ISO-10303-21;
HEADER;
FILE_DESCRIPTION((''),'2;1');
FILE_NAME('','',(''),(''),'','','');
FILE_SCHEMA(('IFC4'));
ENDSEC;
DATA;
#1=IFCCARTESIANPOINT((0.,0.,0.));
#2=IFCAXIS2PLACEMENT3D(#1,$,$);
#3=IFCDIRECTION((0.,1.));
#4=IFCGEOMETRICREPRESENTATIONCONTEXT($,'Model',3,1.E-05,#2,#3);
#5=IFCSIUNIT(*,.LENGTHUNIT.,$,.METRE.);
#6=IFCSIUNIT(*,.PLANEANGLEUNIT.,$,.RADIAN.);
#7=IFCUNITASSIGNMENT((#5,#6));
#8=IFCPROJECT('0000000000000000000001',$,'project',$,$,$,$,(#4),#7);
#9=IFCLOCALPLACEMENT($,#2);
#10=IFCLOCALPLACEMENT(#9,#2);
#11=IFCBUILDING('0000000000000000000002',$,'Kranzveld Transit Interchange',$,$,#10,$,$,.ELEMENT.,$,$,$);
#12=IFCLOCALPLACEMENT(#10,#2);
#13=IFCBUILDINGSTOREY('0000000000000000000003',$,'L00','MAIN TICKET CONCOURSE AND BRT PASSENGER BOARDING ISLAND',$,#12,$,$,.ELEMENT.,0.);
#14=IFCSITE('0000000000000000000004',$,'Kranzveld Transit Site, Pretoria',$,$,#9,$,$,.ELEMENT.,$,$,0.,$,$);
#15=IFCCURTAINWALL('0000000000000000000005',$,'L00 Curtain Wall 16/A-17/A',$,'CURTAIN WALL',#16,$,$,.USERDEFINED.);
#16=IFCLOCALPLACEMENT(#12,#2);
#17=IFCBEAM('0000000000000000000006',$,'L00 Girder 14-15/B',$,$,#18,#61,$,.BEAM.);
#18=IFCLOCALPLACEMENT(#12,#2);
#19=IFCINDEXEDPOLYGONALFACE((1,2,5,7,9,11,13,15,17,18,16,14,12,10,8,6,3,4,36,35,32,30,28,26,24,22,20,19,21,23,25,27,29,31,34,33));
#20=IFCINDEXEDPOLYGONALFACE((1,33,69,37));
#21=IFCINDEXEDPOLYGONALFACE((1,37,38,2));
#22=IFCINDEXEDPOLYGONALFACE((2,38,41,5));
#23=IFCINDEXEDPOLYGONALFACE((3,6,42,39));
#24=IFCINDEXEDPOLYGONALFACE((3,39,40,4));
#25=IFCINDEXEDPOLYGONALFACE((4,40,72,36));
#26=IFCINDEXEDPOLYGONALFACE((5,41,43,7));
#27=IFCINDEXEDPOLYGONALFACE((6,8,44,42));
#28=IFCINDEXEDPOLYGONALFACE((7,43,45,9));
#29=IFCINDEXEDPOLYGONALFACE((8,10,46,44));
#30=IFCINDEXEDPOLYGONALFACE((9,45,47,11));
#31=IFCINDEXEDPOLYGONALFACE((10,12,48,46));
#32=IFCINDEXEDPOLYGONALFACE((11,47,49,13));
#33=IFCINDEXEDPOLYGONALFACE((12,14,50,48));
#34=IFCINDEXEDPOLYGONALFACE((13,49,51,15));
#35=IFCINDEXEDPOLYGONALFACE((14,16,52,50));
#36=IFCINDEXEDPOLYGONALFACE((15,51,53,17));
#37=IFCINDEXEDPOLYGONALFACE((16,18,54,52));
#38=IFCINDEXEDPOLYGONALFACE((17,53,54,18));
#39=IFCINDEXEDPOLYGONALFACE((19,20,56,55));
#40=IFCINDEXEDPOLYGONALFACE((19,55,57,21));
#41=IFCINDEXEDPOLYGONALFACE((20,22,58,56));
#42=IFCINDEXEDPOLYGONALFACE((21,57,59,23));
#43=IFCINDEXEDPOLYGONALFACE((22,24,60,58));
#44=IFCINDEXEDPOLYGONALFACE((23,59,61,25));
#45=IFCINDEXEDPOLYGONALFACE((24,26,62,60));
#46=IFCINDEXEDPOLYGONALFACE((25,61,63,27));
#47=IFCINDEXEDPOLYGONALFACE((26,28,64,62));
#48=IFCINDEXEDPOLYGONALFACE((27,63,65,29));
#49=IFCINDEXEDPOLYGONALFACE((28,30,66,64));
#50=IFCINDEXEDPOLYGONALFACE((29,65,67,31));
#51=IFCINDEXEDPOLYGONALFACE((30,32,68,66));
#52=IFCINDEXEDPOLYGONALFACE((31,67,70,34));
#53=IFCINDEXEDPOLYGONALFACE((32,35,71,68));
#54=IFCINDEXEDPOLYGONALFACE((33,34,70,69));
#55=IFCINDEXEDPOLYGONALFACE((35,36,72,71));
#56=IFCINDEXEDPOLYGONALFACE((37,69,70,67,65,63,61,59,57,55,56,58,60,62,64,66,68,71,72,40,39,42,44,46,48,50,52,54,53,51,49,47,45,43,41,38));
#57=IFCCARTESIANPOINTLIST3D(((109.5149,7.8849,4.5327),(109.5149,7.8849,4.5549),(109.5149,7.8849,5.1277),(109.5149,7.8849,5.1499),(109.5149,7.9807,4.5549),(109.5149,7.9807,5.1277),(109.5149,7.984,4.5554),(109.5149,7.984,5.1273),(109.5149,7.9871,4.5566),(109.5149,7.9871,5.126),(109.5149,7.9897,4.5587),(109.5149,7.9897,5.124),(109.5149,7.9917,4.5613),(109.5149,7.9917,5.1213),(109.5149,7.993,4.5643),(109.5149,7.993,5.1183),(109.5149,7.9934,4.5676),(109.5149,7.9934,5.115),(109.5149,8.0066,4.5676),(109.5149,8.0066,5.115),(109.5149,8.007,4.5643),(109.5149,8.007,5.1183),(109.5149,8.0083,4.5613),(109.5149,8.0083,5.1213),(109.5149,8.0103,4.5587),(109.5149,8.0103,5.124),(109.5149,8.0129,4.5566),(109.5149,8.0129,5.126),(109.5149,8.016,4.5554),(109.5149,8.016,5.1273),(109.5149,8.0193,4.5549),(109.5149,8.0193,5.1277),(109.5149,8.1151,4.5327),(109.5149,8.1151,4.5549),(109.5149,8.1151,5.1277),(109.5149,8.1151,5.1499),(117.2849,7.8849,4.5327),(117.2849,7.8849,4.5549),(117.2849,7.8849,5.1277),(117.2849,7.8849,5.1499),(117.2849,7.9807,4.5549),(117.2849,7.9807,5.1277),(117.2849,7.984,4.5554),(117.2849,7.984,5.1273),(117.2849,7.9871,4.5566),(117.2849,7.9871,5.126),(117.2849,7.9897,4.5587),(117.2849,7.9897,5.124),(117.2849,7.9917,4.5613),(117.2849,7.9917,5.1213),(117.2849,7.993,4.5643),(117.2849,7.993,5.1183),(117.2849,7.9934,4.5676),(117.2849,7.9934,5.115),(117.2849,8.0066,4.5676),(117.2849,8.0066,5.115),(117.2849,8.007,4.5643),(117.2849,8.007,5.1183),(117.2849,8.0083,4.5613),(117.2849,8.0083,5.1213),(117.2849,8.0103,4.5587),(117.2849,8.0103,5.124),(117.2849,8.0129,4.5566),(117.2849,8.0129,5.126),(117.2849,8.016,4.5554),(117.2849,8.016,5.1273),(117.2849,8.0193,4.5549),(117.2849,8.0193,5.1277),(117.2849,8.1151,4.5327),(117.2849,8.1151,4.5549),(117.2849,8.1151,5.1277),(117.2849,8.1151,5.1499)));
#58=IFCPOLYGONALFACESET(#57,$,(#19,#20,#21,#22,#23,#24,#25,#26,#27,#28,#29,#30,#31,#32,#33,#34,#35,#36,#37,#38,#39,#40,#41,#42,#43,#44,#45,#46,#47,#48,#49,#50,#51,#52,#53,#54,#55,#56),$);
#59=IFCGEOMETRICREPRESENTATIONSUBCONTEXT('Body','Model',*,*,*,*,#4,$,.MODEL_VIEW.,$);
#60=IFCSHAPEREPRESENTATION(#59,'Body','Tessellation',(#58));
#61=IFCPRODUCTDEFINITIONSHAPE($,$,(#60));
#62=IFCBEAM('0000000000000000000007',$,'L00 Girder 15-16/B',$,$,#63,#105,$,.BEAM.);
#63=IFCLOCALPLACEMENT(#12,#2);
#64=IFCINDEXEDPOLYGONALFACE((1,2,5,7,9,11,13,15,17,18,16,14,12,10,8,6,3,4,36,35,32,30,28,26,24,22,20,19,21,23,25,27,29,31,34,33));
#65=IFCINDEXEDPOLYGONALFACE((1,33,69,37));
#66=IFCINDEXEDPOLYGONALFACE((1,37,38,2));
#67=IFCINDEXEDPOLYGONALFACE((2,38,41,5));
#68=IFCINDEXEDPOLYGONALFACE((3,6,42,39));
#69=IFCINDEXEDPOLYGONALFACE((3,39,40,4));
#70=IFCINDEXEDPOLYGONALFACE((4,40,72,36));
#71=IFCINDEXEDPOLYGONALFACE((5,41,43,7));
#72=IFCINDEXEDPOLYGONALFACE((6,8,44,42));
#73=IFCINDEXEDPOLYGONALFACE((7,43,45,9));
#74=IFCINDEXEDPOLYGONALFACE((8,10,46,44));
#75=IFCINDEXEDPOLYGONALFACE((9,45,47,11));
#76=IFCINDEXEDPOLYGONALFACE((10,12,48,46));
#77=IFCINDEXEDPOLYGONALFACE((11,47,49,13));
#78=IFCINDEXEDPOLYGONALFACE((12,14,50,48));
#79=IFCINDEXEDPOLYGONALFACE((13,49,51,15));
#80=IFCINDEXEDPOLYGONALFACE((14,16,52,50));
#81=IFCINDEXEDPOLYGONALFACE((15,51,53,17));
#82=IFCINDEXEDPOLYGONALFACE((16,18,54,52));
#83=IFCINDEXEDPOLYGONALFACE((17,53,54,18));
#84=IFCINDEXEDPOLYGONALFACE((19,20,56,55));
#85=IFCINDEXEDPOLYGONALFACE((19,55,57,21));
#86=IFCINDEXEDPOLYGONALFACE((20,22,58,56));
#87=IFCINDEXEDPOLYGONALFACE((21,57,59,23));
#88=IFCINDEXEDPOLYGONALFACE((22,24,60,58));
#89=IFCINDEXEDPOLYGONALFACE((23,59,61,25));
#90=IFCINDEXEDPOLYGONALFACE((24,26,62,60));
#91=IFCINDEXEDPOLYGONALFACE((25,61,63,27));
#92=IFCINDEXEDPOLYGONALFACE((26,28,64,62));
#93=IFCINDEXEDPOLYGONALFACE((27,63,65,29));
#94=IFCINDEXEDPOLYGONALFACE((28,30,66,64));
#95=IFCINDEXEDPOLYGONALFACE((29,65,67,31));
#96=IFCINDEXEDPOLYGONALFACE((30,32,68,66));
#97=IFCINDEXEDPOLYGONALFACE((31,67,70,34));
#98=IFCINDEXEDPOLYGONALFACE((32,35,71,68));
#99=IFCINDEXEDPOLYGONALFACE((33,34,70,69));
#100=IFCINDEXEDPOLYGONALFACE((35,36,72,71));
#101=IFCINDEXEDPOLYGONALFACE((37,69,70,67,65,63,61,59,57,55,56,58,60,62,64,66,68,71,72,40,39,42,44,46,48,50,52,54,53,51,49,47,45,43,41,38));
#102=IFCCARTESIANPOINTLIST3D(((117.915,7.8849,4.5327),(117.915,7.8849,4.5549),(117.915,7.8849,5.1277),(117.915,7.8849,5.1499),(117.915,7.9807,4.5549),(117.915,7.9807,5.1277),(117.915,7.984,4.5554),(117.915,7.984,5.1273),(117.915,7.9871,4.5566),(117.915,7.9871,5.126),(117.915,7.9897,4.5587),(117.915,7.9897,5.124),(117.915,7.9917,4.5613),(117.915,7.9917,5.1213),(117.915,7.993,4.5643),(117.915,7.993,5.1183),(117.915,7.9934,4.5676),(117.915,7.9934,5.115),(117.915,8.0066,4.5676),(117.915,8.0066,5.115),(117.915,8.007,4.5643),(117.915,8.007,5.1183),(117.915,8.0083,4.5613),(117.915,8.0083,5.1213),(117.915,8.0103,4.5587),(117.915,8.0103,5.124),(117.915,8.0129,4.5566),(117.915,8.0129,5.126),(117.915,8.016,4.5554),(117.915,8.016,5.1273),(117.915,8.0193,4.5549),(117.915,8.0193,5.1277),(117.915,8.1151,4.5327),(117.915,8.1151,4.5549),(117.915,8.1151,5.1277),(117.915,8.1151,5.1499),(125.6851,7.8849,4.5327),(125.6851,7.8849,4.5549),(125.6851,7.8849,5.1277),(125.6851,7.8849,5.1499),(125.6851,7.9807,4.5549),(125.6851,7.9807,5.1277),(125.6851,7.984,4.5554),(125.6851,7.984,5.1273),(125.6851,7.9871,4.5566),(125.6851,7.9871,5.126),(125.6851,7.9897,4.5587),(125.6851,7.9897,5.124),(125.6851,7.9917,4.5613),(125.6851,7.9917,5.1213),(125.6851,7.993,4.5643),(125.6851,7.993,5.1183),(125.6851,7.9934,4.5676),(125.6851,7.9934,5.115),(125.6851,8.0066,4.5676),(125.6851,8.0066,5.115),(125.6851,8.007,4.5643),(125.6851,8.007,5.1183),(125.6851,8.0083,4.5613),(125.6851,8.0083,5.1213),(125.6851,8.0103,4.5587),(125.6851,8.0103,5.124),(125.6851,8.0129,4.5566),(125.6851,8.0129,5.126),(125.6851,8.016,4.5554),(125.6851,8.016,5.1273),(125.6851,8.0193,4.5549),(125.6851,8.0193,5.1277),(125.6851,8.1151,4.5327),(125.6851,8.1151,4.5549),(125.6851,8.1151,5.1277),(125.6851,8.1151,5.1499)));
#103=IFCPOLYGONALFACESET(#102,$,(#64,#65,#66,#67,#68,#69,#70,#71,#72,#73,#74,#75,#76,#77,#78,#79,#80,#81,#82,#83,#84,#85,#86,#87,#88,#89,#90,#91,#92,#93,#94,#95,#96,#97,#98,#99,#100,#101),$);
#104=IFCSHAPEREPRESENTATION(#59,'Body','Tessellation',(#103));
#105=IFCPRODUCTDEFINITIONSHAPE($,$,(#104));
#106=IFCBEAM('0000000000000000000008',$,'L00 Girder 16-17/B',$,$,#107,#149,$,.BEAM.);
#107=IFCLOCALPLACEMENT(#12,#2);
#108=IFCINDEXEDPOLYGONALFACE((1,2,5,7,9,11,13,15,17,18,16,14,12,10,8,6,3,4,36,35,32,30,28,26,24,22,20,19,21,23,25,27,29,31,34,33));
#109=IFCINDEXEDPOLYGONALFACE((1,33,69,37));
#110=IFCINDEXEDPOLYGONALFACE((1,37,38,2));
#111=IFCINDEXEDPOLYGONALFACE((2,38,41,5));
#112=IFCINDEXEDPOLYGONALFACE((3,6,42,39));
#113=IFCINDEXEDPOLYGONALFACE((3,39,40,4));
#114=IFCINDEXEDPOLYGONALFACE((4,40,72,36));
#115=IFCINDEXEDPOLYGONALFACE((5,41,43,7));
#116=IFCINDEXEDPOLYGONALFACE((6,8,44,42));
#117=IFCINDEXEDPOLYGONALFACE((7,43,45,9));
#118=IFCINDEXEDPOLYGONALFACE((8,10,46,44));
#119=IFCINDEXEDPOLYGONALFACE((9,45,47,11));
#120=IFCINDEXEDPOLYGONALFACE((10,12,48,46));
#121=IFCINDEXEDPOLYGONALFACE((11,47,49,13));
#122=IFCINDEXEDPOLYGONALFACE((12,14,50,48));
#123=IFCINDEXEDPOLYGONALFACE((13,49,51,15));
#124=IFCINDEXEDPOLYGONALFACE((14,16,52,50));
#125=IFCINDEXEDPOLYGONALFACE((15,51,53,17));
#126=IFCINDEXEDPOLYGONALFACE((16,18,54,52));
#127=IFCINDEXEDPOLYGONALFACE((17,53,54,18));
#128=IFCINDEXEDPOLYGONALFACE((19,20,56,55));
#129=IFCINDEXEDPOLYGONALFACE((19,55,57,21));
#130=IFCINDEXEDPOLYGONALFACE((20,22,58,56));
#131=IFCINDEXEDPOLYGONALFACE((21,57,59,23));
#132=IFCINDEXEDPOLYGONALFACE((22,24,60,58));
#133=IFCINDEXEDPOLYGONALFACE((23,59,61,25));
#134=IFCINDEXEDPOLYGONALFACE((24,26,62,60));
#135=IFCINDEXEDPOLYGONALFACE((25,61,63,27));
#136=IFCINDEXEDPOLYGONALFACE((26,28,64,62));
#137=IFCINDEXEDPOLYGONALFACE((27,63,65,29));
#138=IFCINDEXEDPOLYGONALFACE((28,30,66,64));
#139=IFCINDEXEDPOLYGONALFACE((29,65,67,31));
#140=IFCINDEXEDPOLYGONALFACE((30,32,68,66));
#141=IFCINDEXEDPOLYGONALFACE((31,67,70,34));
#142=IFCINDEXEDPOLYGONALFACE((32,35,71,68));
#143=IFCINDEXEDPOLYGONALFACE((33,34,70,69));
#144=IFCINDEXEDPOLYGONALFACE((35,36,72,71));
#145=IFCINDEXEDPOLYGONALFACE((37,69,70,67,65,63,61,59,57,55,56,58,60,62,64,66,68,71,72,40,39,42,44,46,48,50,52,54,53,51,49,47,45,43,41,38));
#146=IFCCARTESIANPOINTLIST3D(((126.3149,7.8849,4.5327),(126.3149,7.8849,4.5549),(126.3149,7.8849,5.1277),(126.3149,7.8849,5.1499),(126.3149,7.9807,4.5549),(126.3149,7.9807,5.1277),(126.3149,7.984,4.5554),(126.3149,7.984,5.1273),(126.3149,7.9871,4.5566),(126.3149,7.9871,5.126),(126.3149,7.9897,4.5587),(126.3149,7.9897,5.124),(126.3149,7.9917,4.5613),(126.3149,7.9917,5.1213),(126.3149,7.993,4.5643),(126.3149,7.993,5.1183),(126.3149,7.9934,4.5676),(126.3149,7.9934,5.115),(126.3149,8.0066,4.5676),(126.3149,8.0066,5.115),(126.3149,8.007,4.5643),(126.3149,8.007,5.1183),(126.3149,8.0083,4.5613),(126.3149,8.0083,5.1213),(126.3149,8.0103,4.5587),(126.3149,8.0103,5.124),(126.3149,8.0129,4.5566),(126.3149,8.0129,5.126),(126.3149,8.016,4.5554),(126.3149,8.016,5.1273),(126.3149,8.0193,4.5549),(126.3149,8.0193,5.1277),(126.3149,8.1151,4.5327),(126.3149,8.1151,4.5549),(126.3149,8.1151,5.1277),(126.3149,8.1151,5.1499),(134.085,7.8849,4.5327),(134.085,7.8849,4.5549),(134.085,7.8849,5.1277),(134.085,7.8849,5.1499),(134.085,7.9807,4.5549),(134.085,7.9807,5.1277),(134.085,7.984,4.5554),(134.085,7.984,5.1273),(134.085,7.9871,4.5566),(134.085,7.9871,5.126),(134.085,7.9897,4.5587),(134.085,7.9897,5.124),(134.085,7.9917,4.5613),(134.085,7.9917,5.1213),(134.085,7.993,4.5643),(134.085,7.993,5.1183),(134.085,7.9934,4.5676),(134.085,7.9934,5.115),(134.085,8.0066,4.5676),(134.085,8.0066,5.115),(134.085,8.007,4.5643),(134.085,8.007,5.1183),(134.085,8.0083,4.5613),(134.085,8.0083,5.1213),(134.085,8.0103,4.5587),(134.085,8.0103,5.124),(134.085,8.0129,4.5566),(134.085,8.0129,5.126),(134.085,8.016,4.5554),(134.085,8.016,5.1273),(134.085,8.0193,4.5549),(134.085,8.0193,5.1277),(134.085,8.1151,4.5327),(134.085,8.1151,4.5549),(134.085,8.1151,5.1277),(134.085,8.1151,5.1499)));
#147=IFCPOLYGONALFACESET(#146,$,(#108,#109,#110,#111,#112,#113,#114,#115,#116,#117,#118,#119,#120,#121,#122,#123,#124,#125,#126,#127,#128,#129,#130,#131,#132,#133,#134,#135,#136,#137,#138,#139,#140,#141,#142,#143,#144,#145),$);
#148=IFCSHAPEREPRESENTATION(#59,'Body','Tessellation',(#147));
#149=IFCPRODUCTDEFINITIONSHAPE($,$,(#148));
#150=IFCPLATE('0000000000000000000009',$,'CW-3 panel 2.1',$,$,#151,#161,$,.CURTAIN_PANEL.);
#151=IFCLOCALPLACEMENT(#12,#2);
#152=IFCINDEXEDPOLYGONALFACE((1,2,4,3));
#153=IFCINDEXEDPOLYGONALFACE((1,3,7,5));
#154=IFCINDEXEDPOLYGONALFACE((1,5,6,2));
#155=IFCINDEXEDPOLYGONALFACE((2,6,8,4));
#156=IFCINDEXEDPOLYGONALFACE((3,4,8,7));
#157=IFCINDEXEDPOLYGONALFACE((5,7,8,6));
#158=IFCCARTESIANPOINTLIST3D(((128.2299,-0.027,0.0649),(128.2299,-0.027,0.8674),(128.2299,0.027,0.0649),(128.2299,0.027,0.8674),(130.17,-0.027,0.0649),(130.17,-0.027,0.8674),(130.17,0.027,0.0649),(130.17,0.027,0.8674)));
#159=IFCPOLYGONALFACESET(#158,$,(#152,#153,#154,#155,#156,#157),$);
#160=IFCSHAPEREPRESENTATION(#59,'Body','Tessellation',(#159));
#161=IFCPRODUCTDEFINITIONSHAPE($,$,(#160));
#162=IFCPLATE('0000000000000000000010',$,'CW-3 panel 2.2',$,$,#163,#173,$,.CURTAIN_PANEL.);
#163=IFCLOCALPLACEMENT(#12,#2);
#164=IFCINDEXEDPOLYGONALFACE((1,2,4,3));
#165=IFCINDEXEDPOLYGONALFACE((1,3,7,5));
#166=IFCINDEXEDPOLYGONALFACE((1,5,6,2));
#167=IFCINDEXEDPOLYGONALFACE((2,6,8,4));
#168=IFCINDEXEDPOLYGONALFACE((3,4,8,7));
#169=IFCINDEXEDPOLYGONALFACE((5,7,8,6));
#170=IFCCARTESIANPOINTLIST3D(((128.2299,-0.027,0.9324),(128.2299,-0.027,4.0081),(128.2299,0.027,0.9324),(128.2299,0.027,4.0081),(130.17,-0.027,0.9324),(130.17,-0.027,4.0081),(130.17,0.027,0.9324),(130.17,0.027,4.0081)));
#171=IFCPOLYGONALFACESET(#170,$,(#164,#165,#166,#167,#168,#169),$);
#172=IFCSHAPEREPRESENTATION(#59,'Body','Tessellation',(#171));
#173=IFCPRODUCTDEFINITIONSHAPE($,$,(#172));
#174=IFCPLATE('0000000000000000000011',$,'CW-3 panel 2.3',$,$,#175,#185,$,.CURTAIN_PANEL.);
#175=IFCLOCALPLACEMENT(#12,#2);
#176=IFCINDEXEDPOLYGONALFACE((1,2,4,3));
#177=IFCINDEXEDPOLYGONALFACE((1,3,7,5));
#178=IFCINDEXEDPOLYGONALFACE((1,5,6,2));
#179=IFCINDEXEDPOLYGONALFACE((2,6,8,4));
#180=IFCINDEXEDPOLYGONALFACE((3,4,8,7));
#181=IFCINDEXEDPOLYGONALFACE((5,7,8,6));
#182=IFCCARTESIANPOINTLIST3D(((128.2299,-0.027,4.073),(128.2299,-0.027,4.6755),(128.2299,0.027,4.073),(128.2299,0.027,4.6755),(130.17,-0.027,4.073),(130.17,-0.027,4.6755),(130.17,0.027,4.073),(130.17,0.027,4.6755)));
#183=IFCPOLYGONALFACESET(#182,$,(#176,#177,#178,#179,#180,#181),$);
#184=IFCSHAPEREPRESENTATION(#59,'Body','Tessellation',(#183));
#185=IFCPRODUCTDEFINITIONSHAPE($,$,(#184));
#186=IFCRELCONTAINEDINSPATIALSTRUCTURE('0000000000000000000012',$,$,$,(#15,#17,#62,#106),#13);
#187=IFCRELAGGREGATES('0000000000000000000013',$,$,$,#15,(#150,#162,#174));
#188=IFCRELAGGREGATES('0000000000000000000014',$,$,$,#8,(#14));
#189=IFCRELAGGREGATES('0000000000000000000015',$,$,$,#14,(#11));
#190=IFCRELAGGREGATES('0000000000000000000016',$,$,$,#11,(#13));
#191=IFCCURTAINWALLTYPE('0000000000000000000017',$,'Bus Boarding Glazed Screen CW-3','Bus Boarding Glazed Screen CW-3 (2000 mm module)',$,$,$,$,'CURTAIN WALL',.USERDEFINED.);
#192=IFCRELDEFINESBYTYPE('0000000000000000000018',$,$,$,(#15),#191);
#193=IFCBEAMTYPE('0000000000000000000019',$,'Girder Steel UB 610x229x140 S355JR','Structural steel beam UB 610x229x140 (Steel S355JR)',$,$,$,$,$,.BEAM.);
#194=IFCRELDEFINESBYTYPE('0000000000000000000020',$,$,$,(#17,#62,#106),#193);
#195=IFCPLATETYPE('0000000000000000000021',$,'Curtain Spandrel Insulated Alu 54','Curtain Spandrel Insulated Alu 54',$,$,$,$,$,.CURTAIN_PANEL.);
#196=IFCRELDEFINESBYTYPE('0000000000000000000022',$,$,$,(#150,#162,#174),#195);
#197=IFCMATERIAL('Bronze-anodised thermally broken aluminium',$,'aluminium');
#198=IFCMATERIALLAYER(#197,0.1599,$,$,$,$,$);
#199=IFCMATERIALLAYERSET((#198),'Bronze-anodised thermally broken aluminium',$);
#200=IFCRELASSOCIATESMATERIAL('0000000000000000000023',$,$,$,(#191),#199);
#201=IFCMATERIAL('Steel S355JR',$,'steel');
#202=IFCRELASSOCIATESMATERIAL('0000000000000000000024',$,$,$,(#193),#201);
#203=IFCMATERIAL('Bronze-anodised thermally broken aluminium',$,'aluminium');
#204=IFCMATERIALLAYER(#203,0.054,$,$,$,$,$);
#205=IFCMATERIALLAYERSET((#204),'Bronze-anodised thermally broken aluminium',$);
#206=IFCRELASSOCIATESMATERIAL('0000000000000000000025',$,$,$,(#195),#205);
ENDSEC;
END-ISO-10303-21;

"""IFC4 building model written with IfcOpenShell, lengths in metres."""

from ifc_helpers import new_model, si_unit, direction, frame, origin, origin_2d, place, context, subcontext, project, spatial, rectangle, i_section, extrude, material, layer, layer_set, material_profile, profile_set, type_object, element, aggregate, save


model = new_model("IFC4")

# Units and contexts
model_context = context("Model", 3, precision=1e-05, world=origin(), true_north=direction((0.0, 1.0)))
body_context = subcontext(model_context, "Body", "Model", "MODEL_VIEW")
ifc_project = project(units=[si_unit("LENGTHUNIT", "METRE"), si_unit("PLANEANGLEUNIT", "RADIAN")], contexts=[model_context])

# Site, building, storey
site_placement = place(None, origin())
site = spatial("IfcSite", under=ifc_project, at=site_placement, Name="Kranzveld Transit Site, Pretoria", CompositionType="ELEMENT", RefElevation=0.0)
building_placement = place(site_placement, origin())
building = spatial("IfcBuilding", under=site, at=building_placement, Name="Kranzveld Transit Interchange", CompositionType="ELEMENT")
storey_placement = place(building_placement, origin())
storey = spatial("IfcBuildingStorey", under=building, at=storey_placement, Name="L00", Description="MAIN TICKET CONCOURSE AND BRT PASSENGER BOARDING ISLAND", CompositionType="ELEMENT", Elevation=0.0)

# Curtain wall
ifc_material_1 = material(Name="Bronze-anodised thermally broken aluminium", Category="aluminium")
ifc_layer_1 = layer(ifc_material_1, 0.1599)
ifc_layer_set_1 = layer_set([ifc_layer_1], Name="Bronze-anodised thermally broken aluminium")
curtain_wall_type = type_object("IfcCurtainWallType", Name="Bus Boarding Glazed Screen CW-3", Description="Bus Boarding Glazed Screen CW-3 (2000 mm module)", ElementType="CURTAIN WALL", PredefinedType="USERDEFINED", material=ifc_layer_set_1)
curtain_wall_placement = place(storey_placement, origin())
curtain_wall = element("IfcCurtainWall", 1, at=curtain_wall_placement, inside=storey, type_object=curtain_wall_type, Name="L00 Curtain Wall 16/A-17/A", ObjectType="CURTAIN WALL", PredefinedType="USERDEFINED")

# Beams
ifc_material_2 = material(Name="Steel S355JR", Category="steel")
ifc_material_profile_1 = material_profile(ifc_material_2, i_section(OverallWidth=0.2302, OverallDepth=0.6172, WebThickness=0.0132, FlangeThickness=0.0222, FilletRadius=0.0127, at=origin_2d()), Name="UB 610x229x140")
ifc_profile_set_1 = profile_set([ifc_material_profile_1], Name="Steel S355JR")
beam_type_1 = type_object("IfcBeamType", Name="Girder Steel UB 610x229x140 S355JR", Description="Structural steel beam UB 610x229x140 (Steel S355JR)", PredefinedType="BEAM", material=ifc_profile_set_1)
for number, where, z_axis, x_axis, name in (
    (2, (109.5149, 8.0, 4.8413), (1.0, 0.0, 0.0), (0.0, 1.0, 0.0), "L00 Girder 14-15/B"),
    (3, (117.915, 8.0, 4.8413), (1.0, 0.0, 0.0), (0.0, 1.0, 0.0), "L00 Girder 15-16/B"),
    (4, (126.3149, 8.0, 4.8413), (1.0, 0.0, 0.0), (0.0, 1.0, 0.0), "L00 Girder 16-17/B"),
):
    element("IfcBeam", number, at=place(storey_placement, frame(where, z_axis=z_axis, x_axis=x_axis)), inside=storey, type_object=beam_type_1, Name=name, PredefinedType="BEAM", context=body_context, shape_type="SweptSolid", body=[
        extrude(i_section(OverallWidth=0.2302, OverallDepth=0.6172, WebThickness=0.0132, FlangeThickness=0.0222, FilletRadius=0.0127, at=origin_2d()), origin(), (0.0, 0.0, 1.0), 7.77),
    ])

# Plates
ifc_material_3 = material(Name="Bronze-anodised thermally broken aluminium", Category="aluminium")
ifc_layer_2 = layer(ifc_material_3, 0.054)
ifc_layer_set_2 = layer_set([ifc_layer_2], Name="Bronze-anodised thermally broken aluminium")
plate_type = type_object("IfcPlateType", Name="Curtain Spandrel Insulated Alu 54", Description="Curtain Spandrel Insulated Alu 54", PredefinedType="CURTAIN_PANEL", material=ifc_layer_set_2)
plate_1_placement = place(storey_placement, frame((129.2, 0.0, 0.0649), z_axis=(0.0, 0.0, 1.0), x_axis=(1.0, 0.0, 0.0)))
plate_1 = element("IfcPlate", 5, at=plate_1_placement, type_object=plate_type, Name="CW-3 panel 2.1", PredefinedType="CURTAIN_PANEL", context=body_context, shape_type="SweptSolid", body=[
    extrude(rectangle(XDim=1.9402, YDim=0.054, at=origin_2d()), origin(), (0.0, 0.0, 1.0), 0.8025),
])
plate_2_placement = place(storey_placement, frame((129.2, 0.0, 0.9324), z_axis=(0.0, 0.0, 1.0), x_axis=(1.0, 0.0, 0.0)))
plate_2 = element("IfcPlate", 6, at=plate_2_placement, type_object=plate_type, Name="CW-3 panel 2.2", PredefinedType="CURTAIN_PANEL", context=body_context, shape_type="SweptSolid", body=[
    extrude(rectangle(XDim=1.9402, YDim=0.054, at=origin_2d()), origin(), (0.0, 0.0, 1.0), 3.0757),
])
plate_3_placement = place(storey_placement, frame((129.2, 0.0, 4.073), z_axis=(0.0, 0.0, 1.0), x_axis=(1.0, 0.0, 0.0)))
plate_3 = element("IfcPlate", 7, at=plate_3_placement, type_object=plate_type, Name="CW-3 panel 2.3", PredefinedType="CURTAIN_PANEL", context=body_context, shape_type="SweptSolid", body=[
    extrude(rectangle(XDim=1.9402, YDim=0.054, at=origin_2d()), origin(), (0.0, 0.0, 1.0), 0.6025),
])
aggregate(curtain_wall, [plate_1, plate_2, plate_3])

save(model, "model.ifc")
